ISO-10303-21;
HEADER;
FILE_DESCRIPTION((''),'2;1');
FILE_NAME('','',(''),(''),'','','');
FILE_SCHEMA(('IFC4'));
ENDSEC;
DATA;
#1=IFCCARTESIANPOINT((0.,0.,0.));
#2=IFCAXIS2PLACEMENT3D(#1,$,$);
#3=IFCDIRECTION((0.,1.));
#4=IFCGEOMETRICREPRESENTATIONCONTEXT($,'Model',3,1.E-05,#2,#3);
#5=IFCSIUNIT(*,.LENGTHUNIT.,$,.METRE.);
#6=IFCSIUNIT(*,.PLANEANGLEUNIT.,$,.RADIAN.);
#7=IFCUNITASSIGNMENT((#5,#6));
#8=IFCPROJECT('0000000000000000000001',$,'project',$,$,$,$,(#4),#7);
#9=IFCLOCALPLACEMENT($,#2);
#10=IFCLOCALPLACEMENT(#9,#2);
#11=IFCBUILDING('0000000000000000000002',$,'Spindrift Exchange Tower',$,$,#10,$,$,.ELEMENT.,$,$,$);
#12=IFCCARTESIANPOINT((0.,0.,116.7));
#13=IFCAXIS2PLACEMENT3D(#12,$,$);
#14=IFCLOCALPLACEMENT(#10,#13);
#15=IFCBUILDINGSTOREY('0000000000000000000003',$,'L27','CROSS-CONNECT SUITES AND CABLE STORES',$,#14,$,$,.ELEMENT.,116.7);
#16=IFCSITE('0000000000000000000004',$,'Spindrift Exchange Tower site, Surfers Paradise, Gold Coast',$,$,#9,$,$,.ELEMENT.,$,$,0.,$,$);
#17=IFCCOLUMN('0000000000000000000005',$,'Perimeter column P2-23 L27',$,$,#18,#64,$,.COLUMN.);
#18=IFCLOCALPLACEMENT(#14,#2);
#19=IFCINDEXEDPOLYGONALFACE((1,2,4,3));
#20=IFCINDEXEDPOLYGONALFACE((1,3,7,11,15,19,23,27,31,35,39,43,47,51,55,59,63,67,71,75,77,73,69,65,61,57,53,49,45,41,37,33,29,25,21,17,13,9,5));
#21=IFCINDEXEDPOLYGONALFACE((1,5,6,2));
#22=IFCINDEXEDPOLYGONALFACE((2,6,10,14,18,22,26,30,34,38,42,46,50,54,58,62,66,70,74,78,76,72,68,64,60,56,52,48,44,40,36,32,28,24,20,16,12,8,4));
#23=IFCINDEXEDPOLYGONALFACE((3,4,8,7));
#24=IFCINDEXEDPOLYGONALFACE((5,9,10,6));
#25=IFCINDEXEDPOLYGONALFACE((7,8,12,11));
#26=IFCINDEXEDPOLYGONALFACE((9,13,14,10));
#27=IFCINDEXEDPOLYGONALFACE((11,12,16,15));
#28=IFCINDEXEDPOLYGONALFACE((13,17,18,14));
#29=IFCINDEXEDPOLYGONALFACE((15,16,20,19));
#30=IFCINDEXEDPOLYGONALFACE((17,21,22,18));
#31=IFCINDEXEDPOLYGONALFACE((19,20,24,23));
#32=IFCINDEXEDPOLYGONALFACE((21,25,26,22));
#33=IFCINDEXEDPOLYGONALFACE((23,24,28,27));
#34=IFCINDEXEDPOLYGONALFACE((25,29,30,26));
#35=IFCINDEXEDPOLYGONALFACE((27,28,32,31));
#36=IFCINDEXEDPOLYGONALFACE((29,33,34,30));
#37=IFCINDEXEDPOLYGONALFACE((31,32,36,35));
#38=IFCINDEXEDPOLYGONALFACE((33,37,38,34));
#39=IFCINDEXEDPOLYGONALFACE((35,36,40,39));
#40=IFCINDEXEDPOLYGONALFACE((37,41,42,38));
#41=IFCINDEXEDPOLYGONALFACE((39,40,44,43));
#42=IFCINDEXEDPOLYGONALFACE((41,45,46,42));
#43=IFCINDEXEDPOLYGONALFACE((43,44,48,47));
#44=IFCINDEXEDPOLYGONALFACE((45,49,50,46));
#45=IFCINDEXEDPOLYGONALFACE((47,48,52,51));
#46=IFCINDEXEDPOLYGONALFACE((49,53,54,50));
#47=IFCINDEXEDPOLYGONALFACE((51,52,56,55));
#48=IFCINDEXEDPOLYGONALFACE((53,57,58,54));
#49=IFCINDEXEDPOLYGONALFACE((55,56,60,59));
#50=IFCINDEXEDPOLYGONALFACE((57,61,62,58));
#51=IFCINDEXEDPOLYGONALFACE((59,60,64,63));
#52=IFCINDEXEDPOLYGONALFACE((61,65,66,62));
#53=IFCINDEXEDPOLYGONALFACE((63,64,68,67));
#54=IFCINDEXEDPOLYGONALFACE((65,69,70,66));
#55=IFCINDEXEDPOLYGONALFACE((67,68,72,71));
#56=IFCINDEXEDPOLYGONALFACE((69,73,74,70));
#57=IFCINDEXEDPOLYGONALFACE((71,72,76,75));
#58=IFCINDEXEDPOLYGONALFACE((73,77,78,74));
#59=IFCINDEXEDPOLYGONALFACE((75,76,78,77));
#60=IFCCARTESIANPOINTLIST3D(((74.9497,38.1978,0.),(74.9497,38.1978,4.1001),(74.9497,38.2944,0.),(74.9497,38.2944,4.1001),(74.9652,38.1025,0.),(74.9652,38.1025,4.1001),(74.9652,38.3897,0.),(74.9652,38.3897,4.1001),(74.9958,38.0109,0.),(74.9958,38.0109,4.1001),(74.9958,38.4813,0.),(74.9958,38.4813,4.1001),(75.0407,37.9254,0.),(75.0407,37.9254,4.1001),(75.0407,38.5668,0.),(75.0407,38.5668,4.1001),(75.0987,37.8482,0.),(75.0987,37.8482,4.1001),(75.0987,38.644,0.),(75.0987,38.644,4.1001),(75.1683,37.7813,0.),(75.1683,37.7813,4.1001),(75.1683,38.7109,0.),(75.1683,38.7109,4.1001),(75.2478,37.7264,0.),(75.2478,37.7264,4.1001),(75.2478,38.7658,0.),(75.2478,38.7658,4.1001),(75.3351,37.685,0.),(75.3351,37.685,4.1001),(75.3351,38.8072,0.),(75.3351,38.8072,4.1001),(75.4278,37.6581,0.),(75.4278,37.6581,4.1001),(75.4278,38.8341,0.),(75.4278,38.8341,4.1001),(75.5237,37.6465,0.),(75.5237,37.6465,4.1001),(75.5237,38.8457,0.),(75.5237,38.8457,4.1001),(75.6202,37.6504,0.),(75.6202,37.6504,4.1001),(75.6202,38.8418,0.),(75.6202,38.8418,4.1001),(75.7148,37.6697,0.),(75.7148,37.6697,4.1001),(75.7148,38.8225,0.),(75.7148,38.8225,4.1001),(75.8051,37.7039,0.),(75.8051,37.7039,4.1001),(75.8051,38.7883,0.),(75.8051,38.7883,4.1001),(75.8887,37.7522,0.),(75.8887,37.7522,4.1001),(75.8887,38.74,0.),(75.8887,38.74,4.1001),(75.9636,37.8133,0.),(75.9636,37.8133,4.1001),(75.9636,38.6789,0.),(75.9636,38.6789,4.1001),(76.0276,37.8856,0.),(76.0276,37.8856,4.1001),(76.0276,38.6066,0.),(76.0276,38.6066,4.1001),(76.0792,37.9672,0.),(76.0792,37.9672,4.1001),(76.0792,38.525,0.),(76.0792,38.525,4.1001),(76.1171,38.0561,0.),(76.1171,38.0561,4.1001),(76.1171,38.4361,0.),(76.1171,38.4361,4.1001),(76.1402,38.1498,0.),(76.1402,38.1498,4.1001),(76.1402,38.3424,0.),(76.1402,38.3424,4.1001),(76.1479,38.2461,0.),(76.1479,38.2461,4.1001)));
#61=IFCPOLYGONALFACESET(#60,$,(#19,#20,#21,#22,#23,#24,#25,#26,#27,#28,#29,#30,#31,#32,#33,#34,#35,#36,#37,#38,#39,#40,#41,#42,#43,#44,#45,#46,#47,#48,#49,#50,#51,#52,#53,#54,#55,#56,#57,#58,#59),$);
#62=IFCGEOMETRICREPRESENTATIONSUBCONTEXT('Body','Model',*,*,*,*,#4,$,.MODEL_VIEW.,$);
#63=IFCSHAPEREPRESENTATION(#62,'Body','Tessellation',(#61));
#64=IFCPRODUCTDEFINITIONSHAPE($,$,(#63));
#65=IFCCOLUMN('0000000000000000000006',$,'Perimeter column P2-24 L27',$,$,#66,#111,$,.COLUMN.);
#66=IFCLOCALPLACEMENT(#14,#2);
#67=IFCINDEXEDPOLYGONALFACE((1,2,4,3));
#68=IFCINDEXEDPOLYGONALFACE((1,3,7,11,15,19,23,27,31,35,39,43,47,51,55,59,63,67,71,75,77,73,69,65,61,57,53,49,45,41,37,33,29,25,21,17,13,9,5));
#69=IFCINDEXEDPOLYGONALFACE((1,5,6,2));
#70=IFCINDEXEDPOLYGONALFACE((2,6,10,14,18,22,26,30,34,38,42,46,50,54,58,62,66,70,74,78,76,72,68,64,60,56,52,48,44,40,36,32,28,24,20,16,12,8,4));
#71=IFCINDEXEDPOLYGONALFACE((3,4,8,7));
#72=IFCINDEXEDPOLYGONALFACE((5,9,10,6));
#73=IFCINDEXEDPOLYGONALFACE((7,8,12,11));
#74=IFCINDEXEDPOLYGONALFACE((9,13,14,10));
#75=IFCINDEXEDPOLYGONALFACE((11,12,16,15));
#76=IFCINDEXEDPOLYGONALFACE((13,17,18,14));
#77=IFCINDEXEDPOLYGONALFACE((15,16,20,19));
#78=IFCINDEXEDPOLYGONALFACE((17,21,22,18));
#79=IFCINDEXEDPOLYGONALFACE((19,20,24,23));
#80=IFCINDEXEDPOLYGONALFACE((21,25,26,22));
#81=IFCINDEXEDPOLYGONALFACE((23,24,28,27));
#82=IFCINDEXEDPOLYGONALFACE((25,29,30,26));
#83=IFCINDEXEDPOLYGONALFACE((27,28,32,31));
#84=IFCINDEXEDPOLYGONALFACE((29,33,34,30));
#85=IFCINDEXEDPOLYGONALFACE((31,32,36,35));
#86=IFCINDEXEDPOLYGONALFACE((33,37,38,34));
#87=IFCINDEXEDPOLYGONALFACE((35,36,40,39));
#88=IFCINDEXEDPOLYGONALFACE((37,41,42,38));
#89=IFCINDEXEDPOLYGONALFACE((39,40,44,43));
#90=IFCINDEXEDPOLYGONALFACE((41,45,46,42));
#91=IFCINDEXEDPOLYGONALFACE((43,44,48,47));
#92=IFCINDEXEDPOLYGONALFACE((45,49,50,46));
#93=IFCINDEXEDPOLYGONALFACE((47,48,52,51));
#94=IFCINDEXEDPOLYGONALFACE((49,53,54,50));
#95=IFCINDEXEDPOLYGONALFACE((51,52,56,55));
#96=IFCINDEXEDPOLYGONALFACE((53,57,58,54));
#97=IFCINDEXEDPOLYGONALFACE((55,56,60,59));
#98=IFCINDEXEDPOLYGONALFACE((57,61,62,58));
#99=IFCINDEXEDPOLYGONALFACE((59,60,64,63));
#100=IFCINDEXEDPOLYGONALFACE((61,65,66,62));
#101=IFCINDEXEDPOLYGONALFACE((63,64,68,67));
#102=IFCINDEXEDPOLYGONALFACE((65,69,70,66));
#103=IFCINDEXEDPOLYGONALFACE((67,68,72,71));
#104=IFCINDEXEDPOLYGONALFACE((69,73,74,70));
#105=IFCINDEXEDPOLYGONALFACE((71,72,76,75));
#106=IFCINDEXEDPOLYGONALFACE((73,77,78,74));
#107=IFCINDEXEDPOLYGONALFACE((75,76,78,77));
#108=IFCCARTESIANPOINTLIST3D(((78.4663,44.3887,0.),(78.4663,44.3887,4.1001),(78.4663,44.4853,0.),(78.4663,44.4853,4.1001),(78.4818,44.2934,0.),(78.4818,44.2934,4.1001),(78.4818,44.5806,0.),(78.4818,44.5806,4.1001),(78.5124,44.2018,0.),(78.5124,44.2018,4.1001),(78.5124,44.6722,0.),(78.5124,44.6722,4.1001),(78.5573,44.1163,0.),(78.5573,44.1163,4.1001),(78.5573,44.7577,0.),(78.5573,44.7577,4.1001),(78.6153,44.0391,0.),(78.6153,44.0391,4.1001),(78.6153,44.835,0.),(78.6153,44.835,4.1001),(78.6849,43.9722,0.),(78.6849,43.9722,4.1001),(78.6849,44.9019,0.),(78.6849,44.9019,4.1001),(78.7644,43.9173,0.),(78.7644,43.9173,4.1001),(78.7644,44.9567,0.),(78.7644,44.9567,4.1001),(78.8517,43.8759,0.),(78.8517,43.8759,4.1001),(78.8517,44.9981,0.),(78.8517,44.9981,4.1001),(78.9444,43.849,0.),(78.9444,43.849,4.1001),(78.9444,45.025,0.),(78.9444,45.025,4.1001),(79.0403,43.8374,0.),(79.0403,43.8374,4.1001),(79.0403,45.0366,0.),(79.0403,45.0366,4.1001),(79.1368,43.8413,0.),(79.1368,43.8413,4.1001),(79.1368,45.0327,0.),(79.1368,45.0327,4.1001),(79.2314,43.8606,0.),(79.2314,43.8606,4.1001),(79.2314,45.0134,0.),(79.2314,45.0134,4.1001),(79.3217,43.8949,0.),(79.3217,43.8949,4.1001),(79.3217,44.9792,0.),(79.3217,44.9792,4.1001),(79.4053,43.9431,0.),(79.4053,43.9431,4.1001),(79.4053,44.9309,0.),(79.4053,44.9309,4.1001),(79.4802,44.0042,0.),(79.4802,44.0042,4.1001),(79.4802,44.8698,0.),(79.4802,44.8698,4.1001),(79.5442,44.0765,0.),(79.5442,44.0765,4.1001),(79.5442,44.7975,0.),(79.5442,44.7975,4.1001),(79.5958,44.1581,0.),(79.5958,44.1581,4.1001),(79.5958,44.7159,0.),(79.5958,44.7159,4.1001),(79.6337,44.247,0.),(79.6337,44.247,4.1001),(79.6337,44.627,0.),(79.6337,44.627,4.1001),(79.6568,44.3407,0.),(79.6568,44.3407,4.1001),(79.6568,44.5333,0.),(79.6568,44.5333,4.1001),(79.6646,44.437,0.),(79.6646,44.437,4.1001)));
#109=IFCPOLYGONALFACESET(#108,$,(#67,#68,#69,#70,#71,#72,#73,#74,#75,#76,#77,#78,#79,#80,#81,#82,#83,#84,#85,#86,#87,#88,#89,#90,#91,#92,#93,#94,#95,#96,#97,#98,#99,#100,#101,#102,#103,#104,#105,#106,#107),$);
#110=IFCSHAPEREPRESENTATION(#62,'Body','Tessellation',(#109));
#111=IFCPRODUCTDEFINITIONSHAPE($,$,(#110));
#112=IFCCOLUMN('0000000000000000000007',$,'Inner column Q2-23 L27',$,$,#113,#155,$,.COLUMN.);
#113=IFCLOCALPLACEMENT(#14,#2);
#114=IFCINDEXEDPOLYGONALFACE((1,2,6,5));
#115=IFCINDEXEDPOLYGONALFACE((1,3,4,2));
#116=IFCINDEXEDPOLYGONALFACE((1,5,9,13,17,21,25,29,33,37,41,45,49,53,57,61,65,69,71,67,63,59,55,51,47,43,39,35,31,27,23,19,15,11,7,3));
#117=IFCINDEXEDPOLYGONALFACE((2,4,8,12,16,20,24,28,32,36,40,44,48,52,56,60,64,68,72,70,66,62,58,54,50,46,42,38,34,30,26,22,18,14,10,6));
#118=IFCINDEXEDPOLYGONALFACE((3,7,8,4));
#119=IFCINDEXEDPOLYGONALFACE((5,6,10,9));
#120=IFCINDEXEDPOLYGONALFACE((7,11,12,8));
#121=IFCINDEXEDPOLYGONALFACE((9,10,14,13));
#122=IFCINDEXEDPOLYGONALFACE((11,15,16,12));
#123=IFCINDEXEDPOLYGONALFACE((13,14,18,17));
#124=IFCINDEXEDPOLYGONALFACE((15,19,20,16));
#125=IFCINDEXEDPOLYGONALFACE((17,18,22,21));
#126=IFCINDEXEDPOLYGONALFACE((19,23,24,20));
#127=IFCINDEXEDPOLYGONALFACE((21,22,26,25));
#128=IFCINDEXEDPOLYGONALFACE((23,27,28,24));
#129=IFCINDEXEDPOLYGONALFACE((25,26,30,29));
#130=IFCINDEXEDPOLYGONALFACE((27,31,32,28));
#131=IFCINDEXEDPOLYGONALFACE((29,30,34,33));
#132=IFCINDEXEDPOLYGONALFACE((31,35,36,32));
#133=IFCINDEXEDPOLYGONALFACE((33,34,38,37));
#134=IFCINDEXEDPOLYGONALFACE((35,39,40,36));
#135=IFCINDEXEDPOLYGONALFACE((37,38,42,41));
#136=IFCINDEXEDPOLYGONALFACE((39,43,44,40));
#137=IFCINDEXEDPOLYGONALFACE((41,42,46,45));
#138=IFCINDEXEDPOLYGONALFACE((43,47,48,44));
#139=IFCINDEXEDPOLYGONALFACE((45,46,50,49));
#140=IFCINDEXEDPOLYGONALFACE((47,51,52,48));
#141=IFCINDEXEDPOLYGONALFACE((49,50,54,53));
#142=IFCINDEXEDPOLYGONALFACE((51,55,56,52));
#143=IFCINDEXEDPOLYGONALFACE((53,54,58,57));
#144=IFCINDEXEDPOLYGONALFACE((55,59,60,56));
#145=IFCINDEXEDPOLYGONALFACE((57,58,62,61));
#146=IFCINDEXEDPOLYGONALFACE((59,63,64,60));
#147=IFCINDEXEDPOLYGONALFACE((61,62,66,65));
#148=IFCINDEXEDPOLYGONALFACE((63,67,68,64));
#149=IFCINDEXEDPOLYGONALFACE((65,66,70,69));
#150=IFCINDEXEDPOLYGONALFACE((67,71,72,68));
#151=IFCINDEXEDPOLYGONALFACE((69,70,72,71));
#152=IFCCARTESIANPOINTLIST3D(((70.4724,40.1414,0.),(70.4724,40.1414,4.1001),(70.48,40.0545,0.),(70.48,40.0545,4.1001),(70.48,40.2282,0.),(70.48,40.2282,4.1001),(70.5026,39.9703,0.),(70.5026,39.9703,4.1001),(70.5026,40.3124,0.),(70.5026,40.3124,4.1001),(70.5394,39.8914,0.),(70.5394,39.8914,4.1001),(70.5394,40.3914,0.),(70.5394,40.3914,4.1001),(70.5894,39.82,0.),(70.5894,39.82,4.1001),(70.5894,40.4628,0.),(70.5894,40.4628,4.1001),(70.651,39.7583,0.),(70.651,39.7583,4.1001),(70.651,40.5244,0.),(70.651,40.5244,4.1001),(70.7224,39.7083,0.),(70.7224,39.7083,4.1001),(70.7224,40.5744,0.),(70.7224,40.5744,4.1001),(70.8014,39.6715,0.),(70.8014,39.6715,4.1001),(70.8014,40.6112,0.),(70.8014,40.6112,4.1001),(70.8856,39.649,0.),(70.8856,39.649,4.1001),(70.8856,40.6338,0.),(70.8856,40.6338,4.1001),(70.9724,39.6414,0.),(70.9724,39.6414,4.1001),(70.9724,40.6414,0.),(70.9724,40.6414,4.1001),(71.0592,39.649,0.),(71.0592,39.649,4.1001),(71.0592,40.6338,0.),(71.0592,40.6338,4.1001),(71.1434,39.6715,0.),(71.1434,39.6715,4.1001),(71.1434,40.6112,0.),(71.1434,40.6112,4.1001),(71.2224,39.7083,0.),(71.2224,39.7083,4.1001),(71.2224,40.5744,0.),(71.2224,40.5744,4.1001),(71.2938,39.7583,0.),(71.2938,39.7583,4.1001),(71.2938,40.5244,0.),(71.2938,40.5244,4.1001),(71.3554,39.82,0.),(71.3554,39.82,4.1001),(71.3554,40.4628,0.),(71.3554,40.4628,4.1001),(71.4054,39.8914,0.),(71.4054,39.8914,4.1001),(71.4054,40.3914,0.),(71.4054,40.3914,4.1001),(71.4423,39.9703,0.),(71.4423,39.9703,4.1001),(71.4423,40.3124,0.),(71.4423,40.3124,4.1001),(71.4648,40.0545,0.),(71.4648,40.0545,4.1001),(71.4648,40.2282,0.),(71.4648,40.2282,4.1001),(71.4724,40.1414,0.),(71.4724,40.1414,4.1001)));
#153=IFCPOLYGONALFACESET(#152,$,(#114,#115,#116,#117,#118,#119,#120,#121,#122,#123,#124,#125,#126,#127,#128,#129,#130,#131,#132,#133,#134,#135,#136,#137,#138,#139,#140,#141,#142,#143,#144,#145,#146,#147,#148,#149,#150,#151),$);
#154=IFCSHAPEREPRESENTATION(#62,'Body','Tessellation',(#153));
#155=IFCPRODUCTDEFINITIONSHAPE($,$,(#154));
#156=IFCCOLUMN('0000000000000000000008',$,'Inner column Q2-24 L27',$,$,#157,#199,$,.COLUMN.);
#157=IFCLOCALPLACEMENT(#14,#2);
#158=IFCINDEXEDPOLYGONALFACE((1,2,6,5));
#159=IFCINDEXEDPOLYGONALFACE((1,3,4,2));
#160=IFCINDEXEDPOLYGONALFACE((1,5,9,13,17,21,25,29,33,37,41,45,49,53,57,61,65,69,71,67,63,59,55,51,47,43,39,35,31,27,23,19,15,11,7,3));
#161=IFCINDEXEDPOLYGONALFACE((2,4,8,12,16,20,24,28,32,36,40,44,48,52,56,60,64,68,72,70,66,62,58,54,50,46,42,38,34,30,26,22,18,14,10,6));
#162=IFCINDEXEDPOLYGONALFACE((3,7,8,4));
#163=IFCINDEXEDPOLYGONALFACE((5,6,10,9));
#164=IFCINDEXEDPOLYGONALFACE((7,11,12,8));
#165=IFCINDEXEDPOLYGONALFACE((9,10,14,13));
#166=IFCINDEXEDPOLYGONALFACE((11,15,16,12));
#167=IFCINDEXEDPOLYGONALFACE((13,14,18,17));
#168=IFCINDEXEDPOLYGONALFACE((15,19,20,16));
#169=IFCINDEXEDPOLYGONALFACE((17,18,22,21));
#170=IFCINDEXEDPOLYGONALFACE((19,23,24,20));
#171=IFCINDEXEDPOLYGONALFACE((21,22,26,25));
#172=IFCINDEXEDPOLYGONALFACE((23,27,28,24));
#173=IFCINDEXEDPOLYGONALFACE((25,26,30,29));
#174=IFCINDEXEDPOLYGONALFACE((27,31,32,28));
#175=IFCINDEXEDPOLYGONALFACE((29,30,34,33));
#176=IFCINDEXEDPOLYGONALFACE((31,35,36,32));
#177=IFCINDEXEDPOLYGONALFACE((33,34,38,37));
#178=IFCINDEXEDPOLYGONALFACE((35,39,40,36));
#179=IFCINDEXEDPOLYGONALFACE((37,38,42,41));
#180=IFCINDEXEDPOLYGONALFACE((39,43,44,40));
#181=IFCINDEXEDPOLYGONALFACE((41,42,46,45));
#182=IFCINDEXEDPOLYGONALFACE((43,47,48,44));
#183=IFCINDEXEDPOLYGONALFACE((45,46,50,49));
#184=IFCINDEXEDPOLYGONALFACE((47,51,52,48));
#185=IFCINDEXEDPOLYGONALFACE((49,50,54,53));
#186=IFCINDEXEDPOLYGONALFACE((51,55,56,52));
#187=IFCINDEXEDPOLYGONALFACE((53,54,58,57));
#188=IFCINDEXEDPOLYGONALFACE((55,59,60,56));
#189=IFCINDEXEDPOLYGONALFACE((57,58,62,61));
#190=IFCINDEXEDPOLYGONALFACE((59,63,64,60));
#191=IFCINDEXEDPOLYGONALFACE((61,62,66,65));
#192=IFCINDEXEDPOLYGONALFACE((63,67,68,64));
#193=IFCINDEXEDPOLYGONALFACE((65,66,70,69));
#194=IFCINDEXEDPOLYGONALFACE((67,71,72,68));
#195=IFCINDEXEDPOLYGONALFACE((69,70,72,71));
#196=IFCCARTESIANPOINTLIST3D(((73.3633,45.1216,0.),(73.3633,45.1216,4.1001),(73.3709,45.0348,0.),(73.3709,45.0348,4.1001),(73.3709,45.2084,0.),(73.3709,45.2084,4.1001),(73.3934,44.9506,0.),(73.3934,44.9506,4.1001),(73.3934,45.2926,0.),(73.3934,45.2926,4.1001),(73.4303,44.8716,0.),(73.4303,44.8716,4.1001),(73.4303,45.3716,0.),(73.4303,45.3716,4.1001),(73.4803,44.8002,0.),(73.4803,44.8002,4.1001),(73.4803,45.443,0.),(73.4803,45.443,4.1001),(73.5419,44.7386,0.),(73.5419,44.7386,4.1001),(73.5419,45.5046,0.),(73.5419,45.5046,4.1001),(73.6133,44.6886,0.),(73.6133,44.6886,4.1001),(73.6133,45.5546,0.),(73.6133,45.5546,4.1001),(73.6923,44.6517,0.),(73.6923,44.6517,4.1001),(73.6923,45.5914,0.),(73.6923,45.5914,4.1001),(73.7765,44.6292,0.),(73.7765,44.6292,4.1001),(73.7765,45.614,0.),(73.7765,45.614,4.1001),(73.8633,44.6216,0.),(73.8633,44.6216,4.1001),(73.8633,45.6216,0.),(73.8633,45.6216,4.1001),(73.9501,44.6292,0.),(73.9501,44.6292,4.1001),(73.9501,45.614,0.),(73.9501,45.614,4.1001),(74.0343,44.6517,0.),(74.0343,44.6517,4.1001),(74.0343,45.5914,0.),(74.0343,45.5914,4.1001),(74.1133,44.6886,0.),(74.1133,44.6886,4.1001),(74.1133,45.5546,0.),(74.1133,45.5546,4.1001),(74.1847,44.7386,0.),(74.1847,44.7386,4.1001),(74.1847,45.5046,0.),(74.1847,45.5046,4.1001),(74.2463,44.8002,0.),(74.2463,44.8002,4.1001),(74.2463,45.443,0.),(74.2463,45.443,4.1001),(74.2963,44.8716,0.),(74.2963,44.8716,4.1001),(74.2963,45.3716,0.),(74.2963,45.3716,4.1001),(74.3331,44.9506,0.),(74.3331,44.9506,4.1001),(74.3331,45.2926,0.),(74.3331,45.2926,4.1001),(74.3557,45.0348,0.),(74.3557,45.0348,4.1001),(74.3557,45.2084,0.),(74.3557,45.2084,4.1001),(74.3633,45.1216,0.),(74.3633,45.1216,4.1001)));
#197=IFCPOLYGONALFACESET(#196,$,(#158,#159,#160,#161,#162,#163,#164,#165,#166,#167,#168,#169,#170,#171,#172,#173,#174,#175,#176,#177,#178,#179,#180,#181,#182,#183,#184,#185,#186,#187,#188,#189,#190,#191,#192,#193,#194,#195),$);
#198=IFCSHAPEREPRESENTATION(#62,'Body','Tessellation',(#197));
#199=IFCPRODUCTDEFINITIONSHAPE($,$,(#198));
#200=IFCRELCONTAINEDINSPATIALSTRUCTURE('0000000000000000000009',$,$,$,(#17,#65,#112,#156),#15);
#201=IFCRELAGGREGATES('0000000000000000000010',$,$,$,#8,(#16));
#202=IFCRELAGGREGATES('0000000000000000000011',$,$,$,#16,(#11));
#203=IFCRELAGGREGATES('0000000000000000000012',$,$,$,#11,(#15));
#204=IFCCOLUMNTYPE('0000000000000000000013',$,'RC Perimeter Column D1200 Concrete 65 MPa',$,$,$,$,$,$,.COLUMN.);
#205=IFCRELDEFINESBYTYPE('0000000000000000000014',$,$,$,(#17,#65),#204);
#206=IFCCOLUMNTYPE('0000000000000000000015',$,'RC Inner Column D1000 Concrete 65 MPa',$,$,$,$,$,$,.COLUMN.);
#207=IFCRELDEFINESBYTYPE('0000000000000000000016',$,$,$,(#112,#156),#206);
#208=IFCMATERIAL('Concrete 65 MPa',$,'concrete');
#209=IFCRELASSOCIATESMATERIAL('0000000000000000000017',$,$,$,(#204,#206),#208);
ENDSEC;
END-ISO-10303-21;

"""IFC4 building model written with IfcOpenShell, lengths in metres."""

from ifc_helpers import new_model, si_unit, direction, frame, origin, origin_2d, place, context, subcontext, project, spatial, circle, extrude, source, transform, mapped, material, material_profile, profile_set, type_object, element, save


model = new_model("IFC4")

# Units and contexts
model_context = context("Model", 3, precision=1e-05, world=origin(), true_north=direction((0.0, 1.0)))
body_context = subcontext(model_context, "Body", "Model", "MODEL_VIEW")
ifc_project = project(units=[si_unit("LENGTHUNIT", "METRE"), si_unit("PLANEANGLEUNIT", "RADIAN")], contexts=[model_context])

# Site, building, storey
site_placement = place(None, origin())
site = spatial("IfcSite", under=ifc_project, at=site_placement, Name="Spindrift Exchange Tower site, Surfers Paradise, Gold Coast", CompositionType="ELEMENT", RefElevation=0.0)
building_placement = place(site_placement, origin())
building = spatial("IfcBuilding", under=site, at=building_placement, Name="Spindrift Exchange Tower", CompositionType="ELEMENT")
storey_placement = place(building_placement, frame((0.0, 0.0, 116.7)))
storey = spatial("IfcBuildingStorey", under=building, at=storey_placement, Name="L27", Description="CROSS-CONNECT SUITES AND CABLE STORES", CompositionType="ELEMENT", Elevation=116.7)

# Columns
ifc_material_1 = material(Name="Concrete 65 MPa", Category="concrete")
ifc_material_profile_1 = material_profile(ifc_material_1, circle(Radius=0.6001, at=origin_2d()), Name="RC D1200")
ifc_profile_set_1 = profile_set([ifc_material_profile_1], Name="Concrete 65 MPa")
column_type_1 = type_object("IfcColumnType", Name="RC Perimeter Column D1200 Concrete 65 MPa", PredefinedType="COLUMN", material=ifc_profile_set_1)
shared_shape_1 = source(origin(), body_context, "Body", "SweptSolid", [
    extrude(circle(Radius=0.6001, at=origin_2d()), origin(), (0.0, 0.0, 1.0), 4.1001),
])
for number, where, z_axis, x_axis, name in (
    (1, (75.5479, 38.2461, 0.0), (0.0, 0.0, 1.0), (1.0, 0.0, 0.0), "Perimeter column P2-23 L27"),
    (2, (79.0645, 44.437, 0.0), (0.0, 0.0, 1.0), (1.0, 0.0, 0.0), "Perimeter column P2-24 L27"),
):
    element("IfcColumn", number, at=place(storey_placement, frame(where, z_axis=z_axis, x_axis=x_axis)), inside=storey, type_object=column_type_1, Name=name, PredefinedType="COLUMN", context=body_context, shape_type="MappedRepresentation", body=[
        mapped(shared_shape_1, transform((0.0, 0.0, 0.0), scale=1.0)),
    ])
ifc_material_profile_2 = material_profile(ifc_material_1, circle(Radius=0.5, at=origin_2d()), Name="RC D1000")
ifc_profile_set_2 = profile_set([ifc_material_profile_2], Name="Concrete 65 MPa")
column_type_2 = type_object("IfcColumnType", Name="RC Inner Column D1000 Concrete 65 MPa", PredefinedType="COLUMN", material=ifc_profile_set_2)
shared_shape_2 = source(origin(), body_context, "Body", "SweptSolid", [
    extrude(circle(Radius=0.5, at=origin_2d()), origin(), (0.0, 0.0, 1.0), 4.1001),
])
for number, where, z_axis, x_axis, name in (
    (3, (70.9724, 40.1414, 0.0), (0.0, 0.0, 1.0), (1.0, 0.0, 0.0), "Inner column Q2-23 L27"),
    (4, (73.8633, 45.1216, 0.0), (0.0, 0.0, 1.0), (1.0, 0.0, 0.0), "Inner column Q2-24 L27"),
):
    element("IfcColumn", number, at=place(storey_placement, frame(where, z_axis=z_axis, x_axis=x_axis)), inside=storey, type_object=column_type_2, Name=name, PredefinedType="COLUMN", context=body_context, shape_type="MappedRepresentation", body=[
        mapped(shared_shape_2, transform((0.0, 0.0, 0.0), scale=1.0)),
    ])

save(model, "model.ifc")
